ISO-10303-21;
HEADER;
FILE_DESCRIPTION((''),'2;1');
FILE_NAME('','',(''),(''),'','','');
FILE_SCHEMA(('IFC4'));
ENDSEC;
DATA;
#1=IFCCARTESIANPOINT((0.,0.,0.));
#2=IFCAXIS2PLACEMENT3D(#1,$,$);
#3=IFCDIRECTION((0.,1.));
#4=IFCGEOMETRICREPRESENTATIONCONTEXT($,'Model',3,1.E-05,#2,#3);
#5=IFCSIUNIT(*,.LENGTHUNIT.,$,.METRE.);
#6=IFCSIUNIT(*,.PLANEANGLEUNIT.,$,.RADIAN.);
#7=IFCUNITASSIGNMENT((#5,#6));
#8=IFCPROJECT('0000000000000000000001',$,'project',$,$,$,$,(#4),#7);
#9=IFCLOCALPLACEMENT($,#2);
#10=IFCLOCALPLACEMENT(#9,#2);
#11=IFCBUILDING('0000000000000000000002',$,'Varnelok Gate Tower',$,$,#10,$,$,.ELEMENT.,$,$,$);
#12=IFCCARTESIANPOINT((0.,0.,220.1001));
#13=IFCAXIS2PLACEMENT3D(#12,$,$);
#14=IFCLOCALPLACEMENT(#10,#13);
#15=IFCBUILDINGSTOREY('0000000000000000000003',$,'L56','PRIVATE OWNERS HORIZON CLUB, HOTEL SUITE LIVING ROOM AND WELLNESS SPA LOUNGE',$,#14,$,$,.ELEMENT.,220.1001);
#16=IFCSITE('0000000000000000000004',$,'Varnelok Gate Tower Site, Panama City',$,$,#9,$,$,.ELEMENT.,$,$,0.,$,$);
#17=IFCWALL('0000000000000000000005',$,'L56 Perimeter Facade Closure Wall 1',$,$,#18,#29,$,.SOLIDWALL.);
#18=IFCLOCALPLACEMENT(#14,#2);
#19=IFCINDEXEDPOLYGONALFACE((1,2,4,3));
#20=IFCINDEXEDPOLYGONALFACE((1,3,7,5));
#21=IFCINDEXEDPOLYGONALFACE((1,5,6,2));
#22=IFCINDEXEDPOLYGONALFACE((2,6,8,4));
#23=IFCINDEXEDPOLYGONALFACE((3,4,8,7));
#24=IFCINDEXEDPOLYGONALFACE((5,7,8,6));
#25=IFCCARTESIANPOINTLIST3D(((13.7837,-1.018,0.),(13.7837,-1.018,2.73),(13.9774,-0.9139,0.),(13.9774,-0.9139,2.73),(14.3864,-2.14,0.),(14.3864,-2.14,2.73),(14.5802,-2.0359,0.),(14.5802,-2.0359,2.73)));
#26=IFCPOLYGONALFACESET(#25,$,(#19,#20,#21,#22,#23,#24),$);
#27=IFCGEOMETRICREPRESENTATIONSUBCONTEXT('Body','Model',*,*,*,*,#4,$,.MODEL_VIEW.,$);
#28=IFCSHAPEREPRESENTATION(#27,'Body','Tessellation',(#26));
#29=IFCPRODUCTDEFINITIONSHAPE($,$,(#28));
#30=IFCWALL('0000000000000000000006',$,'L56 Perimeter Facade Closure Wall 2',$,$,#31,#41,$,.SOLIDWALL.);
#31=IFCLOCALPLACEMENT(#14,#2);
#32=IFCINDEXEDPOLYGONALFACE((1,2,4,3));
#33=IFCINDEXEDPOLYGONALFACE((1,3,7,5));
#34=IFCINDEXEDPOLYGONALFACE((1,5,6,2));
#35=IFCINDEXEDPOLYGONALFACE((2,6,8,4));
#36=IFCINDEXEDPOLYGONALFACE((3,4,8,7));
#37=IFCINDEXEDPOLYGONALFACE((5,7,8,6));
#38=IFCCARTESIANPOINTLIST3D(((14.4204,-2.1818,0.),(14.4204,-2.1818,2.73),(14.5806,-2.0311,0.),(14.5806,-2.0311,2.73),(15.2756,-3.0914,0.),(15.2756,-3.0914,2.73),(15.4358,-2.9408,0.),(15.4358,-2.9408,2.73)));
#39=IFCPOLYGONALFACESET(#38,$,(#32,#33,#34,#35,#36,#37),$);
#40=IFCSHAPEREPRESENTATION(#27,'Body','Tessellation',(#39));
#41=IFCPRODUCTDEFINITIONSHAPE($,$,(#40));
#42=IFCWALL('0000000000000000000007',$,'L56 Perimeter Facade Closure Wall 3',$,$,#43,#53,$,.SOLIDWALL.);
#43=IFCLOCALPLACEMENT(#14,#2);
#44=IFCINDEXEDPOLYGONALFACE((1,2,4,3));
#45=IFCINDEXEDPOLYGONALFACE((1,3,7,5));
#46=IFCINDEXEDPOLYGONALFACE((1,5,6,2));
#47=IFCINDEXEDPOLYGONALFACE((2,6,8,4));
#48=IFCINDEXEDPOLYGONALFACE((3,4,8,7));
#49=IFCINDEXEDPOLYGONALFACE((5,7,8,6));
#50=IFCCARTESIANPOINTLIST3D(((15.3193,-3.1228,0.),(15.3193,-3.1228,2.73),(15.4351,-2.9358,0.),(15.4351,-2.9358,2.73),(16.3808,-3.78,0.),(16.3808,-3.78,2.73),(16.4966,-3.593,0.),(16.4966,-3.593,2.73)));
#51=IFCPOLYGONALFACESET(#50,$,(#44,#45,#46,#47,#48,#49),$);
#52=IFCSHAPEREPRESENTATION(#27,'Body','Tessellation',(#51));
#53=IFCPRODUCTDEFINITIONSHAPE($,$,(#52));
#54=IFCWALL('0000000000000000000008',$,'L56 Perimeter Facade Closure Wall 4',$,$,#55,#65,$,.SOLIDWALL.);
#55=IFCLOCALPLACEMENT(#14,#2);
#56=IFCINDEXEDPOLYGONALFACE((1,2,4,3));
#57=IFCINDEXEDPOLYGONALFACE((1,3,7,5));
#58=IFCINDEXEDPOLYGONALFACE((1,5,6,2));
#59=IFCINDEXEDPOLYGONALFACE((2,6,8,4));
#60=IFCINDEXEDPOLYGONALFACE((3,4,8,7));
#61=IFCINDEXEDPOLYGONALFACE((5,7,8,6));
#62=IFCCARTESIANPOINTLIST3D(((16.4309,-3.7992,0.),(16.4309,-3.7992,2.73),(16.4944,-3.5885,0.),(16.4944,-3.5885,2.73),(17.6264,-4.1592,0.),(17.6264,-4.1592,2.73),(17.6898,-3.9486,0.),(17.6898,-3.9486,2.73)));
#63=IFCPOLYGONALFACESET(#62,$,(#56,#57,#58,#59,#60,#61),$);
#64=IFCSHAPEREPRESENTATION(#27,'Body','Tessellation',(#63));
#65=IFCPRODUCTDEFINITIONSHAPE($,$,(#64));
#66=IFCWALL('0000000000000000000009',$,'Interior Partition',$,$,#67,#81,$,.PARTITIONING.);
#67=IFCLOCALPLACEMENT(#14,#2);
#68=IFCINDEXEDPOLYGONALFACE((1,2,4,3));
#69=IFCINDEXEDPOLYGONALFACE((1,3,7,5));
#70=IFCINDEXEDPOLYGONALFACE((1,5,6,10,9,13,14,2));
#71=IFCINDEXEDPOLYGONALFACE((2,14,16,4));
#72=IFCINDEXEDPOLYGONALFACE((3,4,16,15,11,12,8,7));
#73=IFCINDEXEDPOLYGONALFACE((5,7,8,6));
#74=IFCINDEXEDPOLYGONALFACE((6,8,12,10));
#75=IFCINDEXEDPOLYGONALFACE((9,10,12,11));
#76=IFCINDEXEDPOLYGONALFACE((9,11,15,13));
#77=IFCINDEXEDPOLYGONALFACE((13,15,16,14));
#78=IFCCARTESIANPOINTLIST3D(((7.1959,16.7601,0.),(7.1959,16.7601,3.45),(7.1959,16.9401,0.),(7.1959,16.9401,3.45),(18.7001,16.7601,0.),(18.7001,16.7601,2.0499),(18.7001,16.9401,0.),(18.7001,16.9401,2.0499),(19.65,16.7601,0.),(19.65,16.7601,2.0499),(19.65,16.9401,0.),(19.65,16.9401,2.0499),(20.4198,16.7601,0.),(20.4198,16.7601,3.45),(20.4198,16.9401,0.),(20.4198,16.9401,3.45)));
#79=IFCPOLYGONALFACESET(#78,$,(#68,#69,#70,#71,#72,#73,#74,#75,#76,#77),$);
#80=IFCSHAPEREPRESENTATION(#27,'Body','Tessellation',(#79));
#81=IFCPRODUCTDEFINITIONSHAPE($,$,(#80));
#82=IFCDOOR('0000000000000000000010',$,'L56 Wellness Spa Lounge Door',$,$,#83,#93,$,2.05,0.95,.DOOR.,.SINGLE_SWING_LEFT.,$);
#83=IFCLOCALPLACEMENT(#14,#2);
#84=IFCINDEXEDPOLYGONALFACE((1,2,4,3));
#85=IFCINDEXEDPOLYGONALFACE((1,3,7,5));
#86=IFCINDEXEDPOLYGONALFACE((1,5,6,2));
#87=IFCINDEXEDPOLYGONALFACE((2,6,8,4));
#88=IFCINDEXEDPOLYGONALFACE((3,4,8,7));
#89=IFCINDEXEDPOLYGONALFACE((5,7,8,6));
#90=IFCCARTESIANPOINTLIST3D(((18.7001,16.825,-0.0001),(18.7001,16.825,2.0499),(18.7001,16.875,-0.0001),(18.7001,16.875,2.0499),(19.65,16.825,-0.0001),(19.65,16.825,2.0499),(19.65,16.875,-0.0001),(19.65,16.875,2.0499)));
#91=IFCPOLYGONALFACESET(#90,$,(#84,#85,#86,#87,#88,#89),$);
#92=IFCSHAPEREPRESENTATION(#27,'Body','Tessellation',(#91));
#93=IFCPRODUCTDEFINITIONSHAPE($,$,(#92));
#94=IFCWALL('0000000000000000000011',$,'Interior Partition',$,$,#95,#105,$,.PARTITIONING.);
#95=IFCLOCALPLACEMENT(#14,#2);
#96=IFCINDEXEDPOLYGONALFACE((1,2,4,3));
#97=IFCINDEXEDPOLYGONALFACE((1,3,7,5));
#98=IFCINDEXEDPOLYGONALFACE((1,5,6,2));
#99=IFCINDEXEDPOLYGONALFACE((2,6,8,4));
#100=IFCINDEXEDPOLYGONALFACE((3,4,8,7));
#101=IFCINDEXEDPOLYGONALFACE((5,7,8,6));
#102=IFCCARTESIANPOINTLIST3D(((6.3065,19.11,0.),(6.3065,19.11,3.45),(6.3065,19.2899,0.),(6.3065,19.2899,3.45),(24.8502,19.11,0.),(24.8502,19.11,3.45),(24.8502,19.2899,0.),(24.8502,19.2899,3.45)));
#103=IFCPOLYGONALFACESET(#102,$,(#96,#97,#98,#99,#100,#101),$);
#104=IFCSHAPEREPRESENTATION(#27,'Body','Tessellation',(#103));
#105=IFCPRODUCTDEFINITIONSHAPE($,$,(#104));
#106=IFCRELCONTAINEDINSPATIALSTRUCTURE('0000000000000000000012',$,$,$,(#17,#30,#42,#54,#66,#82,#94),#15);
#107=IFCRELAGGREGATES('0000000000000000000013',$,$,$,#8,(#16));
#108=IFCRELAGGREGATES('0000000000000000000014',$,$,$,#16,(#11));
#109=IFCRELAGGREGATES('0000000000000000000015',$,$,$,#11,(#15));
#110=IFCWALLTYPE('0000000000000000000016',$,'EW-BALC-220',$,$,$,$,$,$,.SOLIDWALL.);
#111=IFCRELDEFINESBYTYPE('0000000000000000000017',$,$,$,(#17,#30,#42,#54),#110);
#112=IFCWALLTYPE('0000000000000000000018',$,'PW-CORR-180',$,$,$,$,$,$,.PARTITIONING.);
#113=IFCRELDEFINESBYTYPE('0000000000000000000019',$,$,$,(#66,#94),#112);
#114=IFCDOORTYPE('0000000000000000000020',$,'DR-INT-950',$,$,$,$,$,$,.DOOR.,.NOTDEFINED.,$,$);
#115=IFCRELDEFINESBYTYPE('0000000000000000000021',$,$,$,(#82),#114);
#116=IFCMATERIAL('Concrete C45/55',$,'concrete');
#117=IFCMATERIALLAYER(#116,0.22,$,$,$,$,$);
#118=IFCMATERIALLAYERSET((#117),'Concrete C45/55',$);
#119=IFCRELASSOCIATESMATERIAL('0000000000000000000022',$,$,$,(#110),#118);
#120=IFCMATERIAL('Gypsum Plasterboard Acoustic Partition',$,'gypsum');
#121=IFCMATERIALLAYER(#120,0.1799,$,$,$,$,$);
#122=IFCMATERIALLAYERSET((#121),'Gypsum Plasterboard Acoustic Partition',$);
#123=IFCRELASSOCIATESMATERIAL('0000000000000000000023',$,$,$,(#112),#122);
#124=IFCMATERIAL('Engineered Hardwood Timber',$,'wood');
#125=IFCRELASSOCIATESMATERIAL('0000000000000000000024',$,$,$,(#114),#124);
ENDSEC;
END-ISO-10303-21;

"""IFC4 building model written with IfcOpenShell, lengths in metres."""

from ifc_helpers import new_model, si_unit, direction, frame, frame_2d, origin, place, context, subcontext, project, spatial, rectangle, extrude, material, layer, layer_set, type_object, element, fill, save


model = new_model("IFC4")

# Units and contexts
model_context = context("Model", 3, precision=1e-05, world=origin(), true_north=direction((0.0, 1.0)))
body_context = subcontext(model_context, "Body", "Model", "MODEL_VIEW")
ifc_project = project(units=[si_unit("LENGTHUNIT", "METRE"), si_unit("PLANEANGLEUNIT", "RADIAN")], contexts=[model_context])

# Site, building, storey
site_placement = place(None, origin())
site = spatial("IfcSite", under=ifc_project, at=site_placement, Name="Varnelok Gate Tower Site, Panama City", CompositionType="ELEMENT", RefElevation=0.0)
building_placement = place(site_placement, origin())
building = spatial("IfcBuilding", under=site, at=building_placement, Name="Varnelok Gate Tower", CompositionType="ELEMENT")
storey_placement = place(building_placement, frame((0.0, 0.0, 220.1001)))
storey = spatial("IfcBuildingStorey", under=building, at=storey_placement, Name="L56", Description="PRIVATE OWNERS HORIZON CLUB, HOTEL SUITE LIVING ROOM AND WELLNESS SPA LOUNGE", CompositionType="ELEMENT", Elevation=220.1001)

# Shared definitions
ifc_material_1 = material(Name="Concrete C45/55", Category="concrete")

# Walls
ifc_layer_1 = layer(ifc_material_1, 0.22)
ifc_layer_set_1 = layer_set([ifc_layer_1], Name="Concrete C45/55")
wall_type_1 = type_object("IfcWallType", Name="EW-BALC-220", PredefinedType="SOLIDWALL", material=ifc_layer_set_1)
wall_1_placement = place(storey_placement, frame((13.8806, -0.9661, 0.0), z_axis=(0.0, 0.0, 1.0), x_axis=(0.473242, -0.880932, 0.0)))
element("IfcWall", 1, at=wall_1_placement, inside=storey, type_object=wall_type_1, Name="L56 Perimeter Facade Closure Wall 1", PredefinedType="SOLIDWALL", context=body_context, shape_type="SweptSolid", body=[
    extrude(rectangle(XDim=1.2737, YDim=0.22, at=frame_2d((0.6367, 0.0))), origin(), (0.0, 0.0, 1.0), 2.73),
])
for number, where, z_axis, x_axis, name in (
    (2, (14.5005, -2.1064, 0.0), (0.0, 0.0, 1.0), (0.684968, -0.728573, 0.0), "L56 Perimeter Facade Closure Wall 2"),
    (3, (15.3772, -3.0293, 0.0), (0.0, 0.0, 1.0), (0.850232, -0.526408, 0.0), "L56 Perimeter Facade Closure Wall 3"),
    (4, (16.4626, -3.6938, 0.0), (0.0, 0.0, 1.0), (0.957508, -0.288406, 0.0), "L56 Perimeter Facade Closure Wall 4"),
):
    element("IfcWall", number, at=place(storey_placement, frame(where, z_axis=z_axis, x_axis=x_axis)), inside=storey, type_object=wall_type_1, Name=name, PredefinedType="SOLIDWALL", context=body_context, shape_type="SweptSolid", body=[
        extrude(rectangle(XDim=1.2485, YDim=0.22, at=frame_2d((0.6243, 0.0))), origin(), (0.0, 0.0, 1.0), 2.73),
    ])

# Wall, opening, door
ifc_material_2 = material(Name="Gypsum Plasterboard Acoustic Partition", Category="gypsum")
ifc_layer_2 = layer(ifc_material_2, 0.1799)
ifc_layer_set_2 = layer_set([ifc_layer_2], Name="Gypsum Plasterboard Acoustic Partition")
wall_type_2 = type_object("IfcWallType", Name="PW-CORR-180", PredefinedType="PARTITIONING", material=ifc_layer_set_2)
wall_2_placement = place(storey_placement, frame((7.196, 16.8501, 0.0), z_axis=(0.0, 0.0, 1.0), x_axis=(1.0, 0.0, 0.0)))
wall_2 = element("IfcWall", 5, at=wall_2_placement, inside=storey, type_object=wall_type_2, Name="Interior Partition", PredefinedType="PARTITIONING", context=body_context, shape_type="SweptSolid", body=[
    extrude(rectangle(XDim=13.2239, YDim=0.1799, at=frame_2d((6.6118, 0.0))), origin(), (0.0, 0.0, 1.0), 3.45),
])
opening_placement = place(wall_2_placement, frame((11.5039, 0.0, 0.0)))
opening = element("IfcOpeningElement", 6, at=opening_placement, cuts=wall_2, PredefinedType="OPENING", context=body_context, shape_type="SweptSolid", body=[
    extrude(rectangle(XDim=0.95, YDim=2.05, at=frame_2d((0.4751, 1.0249))), frame((0.0, 0.0999, 0.0), z_axis=(0.0, -1.0, 0.0), x_axis=(1.0, 0.0, 0.0)), (0.0, 0.0, 1.0), 0.2),
])
ifc_material_3 = material(Name="Engineered Hardwood Timber", Category="wood")
door_type = type_object("IfcDoorType", Name="DR-INT-950", OperationType="NOTDEFINED", PredefinedType="DOOR", material=ifc_material_3)
door_placement = place(opening_placement, origin())
door = element("IfcDoor", 7, at=door_placement, inside=storey, type_object=door_type, Name="L56 Wellness Spa Lounge Door", OperationType="SINGLE_SWING_LEFT", OverallHeight=2.05, OverallWidth=0.95, PredefinedType="DOOR", context=body_context, shape_type="SweptSolid", body=[
    extrude(rectangle(XDim=0.95, YDim=2.05, at=frame_2d((0.4751, 1.0249))), frame((0.0, 0.0249, 0.0), z_axis=(0.0, -1.0, 0.0), x_axis=(1.0, 0.0, 0.0)), (0.0, 0.0, 1.0), 0.05),
])
fill(opening, door)

# Wall
wall_3_placement = place(storey_placement, frame((6.3064, 19.2, 0.0), z_axis=(0.0, 0.0, 1.0), x_axis=(1.0, 0.0, 0.0)))
element("IfcWall", 8, at=wall_3_placement, inside=storey, type_object=wall_type_2, Name="Interior Partition", PredefinedType="PARTITIONING", context=body_context, shape_type="SweptSolid", body=[
    extrude(rectangle(XDim=18.5437, YDim=0.1799, at=frame_2d((9.272, 0.0))), origin(), (0.0, 0.0, 1.0), 3.45),
])

save(model, "model.ifc")
